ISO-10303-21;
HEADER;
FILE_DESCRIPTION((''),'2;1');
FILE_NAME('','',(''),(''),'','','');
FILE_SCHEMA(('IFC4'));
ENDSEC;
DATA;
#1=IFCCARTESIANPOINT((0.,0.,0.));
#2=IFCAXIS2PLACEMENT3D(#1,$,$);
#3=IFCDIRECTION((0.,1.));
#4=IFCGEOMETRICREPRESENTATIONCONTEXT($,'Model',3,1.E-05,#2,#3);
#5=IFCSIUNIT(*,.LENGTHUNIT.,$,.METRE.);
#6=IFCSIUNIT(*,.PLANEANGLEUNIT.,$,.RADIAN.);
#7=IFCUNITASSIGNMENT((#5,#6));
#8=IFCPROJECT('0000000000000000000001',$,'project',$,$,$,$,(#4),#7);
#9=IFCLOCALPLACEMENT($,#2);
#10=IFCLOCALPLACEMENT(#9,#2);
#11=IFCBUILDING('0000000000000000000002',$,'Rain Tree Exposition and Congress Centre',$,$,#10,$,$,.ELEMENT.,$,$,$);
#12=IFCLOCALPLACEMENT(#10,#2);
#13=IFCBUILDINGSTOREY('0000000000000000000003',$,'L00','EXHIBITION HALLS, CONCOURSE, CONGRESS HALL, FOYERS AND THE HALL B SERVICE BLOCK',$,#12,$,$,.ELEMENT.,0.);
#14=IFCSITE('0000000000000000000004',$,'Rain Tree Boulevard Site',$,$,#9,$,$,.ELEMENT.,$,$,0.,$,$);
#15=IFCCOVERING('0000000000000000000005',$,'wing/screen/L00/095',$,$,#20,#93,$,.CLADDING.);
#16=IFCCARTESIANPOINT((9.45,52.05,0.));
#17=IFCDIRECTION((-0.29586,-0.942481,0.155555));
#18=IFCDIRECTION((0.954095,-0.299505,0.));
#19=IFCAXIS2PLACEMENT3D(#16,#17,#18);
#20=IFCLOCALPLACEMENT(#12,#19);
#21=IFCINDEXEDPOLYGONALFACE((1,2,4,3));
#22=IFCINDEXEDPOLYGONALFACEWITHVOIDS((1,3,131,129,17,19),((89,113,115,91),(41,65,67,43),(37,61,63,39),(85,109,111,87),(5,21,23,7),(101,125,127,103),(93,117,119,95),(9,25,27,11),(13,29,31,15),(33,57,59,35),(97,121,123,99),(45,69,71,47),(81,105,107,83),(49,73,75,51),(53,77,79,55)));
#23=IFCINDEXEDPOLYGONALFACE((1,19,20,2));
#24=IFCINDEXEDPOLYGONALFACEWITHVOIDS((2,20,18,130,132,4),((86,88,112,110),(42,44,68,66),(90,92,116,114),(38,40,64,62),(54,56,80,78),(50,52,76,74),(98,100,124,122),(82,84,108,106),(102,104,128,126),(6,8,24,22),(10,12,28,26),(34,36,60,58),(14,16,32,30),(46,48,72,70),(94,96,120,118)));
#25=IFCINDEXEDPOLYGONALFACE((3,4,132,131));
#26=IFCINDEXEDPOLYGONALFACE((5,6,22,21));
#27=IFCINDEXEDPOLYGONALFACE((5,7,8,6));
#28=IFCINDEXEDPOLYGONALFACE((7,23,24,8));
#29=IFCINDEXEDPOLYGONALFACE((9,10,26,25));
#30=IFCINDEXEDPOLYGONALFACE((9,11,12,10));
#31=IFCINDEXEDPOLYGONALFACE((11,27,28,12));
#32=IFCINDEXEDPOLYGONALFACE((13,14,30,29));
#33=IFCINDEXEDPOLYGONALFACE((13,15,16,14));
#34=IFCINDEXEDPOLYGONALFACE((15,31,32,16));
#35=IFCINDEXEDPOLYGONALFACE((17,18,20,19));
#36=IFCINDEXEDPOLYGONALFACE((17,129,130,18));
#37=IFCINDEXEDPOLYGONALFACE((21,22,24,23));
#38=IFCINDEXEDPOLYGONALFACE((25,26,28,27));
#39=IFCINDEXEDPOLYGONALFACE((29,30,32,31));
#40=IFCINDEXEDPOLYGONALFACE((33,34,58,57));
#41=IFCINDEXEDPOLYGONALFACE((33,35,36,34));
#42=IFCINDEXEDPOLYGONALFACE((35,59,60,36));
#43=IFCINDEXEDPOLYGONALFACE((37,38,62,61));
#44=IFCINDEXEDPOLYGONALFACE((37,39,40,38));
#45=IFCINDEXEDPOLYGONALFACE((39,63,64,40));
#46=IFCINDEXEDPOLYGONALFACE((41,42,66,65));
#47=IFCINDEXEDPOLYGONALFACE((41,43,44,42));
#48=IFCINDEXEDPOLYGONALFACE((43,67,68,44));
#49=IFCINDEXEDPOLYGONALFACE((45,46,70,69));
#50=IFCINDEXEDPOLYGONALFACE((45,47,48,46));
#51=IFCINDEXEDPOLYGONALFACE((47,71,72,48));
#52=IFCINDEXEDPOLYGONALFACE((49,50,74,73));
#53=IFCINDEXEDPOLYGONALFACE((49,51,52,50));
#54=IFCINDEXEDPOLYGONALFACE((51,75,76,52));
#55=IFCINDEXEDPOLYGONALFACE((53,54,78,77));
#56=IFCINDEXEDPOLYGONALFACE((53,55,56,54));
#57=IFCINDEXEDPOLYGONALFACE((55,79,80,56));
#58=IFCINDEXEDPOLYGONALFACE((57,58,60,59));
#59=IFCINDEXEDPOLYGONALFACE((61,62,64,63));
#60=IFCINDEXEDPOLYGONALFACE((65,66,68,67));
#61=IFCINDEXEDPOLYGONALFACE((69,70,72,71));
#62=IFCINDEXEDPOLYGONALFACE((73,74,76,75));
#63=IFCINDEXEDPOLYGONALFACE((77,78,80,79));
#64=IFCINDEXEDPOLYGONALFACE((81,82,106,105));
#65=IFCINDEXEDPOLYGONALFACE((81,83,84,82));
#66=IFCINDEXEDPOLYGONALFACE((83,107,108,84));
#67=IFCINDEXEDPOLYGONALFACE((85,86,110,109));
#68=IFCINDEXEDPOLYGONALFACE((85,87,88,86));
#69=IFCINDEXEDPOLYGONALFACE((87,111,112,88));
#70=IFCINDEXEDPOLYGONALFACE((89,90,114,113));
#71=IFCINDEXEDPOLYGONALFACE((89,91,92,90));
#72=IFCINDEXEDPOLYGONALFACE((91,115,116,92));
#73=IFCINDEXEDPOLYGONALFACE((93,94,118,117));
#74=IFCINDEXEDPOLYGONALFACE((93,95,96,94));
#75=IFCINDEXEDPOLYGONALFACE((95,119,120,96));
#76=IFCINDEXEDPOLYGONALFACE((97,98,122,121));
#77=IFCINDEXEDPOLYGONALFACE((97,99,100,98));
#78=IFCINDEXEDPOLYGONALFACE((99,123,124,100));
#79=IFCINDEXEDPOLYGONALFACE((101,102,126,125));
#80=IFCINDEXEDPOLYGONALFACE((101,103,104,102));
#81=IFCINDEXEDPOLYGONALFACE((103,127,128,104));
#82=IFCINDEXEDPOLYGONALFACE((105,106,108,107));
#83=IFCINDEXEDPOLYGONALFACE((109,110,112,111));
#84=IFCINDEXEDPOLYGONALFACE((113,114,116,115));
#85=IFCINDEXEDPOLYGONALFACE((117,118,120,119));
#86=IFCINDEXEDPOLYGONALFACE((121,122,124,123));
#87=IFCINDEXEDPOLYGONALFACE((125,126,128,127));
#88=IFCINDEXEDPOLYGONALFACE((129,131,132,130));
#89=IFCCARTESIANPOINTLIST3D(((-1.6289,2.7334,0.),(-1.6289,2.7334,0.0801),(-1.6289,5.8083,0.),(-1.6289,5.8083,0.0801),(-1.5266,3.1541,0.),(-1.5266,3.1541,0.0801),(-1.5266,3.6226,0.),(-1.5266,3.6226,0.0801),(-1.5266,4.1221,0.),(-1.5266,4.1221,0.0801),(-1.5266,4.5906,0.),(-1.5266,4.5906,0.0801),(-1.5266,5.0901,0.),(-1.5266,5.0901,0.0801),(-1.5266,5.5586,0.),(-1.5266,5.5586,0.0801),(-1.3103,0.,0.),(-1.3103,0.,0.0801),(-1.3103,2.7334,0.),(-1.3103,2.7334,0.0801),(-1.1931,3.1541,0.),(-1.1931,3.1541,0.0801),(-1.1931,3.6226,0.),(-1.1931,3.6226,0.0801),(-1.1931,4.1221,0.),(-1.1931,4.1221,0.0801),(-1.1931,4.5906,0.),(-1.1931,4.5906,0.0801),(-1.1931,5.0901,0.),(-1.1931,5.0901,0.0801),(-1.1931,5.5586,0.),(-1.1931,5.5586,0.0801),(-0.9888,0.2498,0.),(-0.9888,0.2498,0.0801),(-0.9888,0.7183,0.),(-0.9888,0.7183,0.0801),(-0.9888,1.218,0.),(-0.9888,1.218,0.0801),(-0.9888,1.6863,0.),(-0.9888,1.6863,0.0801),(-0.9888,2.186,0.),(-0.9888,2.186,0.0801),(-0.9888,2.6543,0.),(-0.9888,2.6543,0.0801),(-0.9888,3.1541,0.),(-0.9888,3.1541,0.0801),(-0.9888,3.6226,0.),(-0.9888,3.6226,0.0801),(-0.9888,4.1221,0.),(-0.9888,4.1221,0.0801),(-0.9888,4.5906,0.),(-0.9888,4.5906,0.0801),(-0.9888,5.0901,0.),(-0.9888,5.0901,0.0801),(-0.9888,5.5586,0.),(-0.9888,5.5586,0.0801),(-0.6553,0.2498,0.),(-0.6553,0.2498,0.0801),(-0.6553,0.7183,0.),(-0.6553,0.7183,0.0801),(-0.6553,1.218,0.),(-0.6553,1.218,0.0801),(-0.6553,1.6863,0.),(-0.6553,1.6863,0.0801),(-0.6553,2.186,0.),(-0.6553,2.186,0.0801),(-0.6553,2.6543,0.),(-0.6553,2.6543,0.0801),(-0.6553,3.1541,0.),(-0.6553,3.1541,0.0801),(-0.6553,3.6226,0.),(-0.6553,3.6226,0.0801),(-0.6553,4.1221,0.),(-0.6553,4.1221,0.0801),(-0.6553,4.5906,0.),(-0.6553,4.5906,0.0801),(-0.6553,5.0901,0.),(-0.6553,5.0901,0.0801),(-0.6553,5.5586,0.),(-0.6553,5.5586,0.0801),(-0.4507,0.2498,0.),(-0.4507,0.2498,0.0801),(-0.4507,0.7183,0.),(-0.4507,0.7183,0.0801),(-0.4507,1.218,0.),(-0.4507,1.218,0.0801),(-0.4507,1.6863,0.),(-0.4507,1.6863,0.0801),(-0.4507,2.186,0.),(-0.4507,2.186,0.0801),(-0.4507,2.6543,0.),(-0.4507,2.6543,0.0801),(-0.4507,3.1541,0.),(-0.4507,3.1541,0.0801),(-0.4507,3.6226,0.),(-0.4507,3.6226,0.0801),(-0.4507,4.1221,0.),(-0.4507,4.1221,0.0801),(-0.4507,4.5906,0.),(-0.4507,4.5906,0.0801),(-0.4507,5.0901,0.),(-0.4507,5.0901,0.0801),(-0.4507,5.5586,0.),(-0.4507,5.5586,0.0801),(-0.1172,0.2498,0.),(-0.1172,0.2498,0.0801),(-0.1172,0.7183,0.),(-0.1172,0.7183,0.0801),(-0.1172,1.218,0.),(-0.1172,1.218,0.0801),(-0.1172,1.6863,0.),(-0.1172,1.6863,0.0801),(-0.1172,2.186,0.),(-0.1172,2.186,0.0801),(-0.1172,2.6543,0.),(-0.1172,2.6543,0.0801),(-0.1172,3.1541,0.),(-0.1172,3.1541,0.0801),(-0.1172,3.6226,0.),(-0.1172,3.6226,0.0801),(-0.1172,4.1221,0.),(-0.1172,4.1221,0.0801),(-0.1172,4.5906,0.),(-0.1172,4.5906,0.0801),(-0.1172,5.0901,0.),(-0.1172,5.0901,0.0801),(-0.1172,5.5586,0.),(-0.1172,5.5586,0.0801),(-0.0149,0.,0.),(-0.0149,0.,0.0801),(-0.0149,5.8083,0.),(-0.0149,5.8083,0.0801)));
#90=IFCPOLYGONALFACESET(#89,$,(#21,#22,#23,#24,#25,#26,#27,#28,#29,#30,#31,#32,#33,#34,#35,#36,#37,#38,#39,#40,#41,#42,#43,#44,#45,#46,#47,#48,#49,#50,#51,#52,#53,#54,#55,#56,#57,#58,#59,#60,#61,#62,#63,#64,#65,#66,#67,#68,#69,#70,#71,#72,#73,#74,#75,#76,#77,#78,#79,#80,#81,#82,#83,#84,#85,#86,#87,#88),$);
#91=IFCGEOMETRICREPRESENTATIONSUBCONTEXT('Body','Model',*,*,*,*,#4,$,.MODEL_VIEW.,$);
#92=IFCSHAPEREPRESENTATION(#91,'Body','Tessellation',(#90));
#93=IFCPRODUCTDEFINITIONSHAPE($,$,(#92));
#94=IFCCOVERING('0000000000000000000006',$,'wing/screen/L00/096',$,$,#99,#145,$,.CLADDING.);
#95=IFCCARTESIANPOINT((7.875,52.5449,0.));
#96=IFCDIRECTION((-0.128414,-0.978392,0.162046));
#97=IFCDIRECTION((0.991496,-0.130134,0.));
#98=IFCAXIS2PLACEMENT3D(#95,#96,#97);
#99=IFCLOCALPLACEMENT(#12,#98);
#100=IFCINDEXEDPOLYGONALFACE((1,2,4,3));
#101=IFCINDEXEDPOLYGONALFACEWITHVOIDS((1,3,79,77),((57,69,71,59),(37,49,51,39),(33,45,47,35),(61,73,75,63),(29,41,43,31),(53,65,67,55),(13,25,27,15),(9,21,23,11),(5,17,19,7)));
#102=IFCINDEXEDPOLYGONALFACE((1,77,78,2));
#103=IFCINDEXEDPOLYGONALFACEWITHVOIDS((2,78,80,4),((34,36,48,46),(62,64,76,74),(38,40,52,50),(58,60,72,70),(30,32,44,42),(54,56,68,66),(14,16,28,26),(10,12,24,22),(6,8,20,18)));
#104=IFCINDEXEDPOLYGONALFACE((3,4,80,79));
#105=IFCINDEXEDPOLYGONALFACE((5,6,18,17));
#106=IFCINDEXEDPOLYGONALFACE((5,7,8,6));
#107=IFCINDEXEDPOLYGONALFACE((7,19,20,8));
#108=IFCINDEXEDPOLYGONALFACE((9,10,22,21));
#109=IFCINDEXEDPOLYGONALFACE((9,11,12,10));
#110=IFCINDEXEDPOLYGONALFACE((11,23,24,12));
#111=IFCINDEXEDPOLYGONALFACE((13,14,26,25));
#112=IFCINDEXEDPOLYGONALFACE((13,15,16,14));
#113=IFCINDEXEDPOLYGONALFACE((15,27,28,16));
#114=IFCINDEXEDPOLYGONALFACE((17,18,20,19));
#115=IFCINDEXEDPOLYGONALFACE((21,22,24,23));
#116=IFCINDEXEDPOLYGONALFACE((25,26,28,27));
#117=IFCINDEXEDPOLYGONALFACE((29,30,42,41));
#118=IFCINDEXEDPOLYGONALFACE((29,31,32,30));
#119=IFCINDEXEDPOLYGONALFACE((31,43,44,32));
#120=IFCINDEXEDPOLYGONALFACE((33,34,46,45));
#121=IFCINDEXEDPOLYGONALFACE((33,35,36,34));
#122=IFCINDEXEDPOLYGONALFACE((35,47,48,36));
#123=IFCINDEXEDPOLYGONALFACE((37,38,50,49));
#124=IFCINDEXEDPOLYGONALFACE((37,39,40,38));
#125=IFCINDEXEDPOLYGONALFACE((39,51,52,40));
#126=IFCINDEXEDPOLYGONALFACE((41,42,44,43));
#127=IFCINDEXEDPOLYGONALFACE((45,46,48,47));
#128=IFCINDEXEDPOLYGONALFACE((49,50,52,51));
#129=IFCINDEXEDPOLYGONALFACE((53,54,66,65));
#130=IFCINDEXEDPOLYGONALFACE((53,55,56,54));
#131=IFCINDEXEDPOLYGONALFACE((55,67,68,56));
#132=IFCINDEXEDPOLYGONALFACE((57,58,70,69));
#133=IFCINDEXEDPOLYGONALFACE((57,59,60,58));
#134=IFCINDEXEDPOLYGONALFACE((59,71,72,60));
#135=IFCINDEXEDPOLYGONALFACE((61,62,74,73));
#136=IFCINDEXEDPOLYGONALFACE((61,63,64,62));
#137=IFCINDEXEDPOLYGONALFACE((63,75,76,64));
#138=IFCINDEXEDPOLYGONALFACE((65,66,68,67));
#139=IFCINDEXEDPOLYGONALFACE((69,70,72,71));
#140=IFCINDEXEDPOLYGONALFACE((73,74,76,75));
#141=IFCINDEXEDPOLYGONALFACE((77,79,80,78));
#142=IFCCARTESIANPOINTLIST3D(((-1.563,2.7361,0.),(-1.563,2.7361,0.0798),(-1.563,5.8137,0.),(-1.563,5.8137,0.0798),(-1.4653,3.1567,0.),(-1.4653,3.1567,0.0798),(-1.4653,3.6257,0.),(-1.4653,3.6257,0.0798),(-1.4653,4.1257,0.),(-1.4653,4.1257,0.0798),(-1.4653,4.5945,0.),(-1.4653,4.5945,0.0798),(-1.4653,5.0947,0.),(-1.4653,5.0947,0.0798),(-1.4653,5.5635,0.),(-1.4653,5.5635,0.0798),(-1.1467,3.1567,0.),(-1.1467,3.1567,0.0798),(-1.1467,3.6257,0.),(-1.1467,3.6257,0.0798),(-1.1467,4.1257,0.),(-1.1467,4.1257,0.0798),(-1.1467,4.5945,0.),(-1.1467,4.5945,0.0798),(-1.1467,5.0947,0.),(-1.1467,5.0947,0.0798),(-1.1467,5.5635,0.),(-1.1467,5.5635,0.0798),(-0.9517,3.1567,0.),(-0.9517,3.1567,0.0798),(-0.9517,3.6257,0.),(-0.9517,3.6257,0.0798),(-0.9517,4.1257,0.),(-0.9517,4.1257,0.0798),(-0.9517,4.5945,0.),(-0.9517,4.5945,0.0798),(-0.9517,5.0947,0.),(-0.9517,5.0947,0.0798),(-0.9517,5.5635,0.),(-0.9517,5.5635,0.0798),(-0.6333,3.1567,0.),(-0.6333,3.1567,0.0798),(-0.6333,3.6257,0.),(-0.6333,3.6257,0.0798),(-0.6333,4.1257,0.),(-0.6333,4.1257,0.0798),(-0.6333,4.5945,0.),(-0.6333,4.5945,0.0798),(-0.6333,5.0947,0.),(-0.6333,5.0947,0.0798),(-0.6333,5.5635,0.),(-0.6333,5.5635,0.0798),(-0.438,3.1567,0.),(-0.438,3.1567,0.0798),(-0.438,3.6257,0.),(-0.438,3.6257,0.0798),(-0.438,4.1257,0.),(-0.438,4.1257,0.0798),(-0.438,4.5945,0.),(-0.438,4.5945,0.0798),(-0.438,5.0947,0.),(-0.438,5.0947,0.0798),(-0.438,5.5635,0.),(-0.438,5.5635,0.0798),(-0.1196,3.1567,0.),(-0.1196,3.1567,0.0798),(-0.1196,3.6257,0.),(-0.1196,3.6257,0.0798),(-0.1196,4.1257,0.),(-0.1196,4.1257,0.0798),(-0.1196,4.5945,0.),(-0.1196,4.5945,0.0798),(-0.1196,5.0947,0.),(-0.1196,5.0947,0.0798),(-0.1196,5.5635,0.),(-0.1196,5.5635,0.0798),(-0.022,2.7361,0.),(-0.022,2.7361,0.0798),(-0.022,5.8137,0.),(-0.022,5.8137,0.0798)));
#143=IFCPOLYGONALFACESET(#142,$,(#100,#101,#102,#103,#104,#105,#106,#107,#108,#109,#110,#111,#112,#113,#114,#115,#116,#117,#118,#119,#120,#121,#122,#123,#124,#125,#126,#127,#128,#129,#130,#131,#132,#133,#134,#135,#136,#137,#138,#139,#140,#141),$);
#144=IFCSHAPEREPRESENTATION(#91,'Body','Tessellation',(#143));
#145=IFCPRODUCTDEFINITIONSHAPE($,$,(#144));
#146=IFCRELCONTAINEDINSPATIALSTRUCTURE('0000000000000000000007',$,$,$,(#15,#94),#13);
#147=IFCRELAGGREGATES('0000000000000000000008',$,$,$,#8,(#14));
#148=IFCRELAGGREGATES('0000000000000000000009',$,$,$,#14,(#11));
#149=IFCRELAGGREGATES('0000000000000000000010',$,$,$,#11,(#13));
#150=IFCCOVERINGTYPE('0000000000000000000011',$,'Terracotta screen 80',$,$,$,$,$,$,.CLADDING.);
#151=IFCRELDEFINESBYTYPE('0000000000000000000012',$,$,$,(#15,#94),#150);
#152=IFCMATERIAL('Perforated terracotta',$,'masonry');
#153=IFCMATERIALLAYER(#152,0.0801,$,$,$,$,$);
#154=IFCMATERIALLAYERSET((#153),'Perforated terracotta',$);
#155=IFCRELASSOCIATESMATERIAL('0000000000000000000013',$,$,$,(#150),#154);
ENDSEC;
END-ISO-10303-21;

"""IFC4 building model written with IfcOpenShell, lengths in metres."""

from ifc_helpers import new_model, si_unit, direction, frame, origin, place, context, subcontext, project, spatial, polyline, outline, extrude, material, layer, layer_set, type_object, element, save


model = new_model("IFC4")

# Units and contexts
model_context = context("Model", 3, precision=1e-05, world=origin(), true_north=direction((0.0, 1.0)))
body_context = subcontext(model_context, "Body", "Model", "MODEL_VIEW")
ifc_project = project(units=[si_unit("LENGTHUNIT", "METRE"), si_unit("PLANEANGLEUNIT", "RADIAN")], contexts=[model_context])

# Site, building, storey
site_placement = place(None, origin())
site = spatial("IfcSite", under=ifc_project, at=site_placement, Name="Rain Tree Boulevard Site", CompositionType="ELEMENT", RefElevation=0.0)
building_placement = place(site_placement, origin())
building = spatial("IfcBuilding", under=site, at=building_placement, Name="Rain Tree Exposition and Congress Centre", CompositionType="ELEMENT")
storey_placement = place(building_placement, origin())
storey = spatial("IfcBuildingStorey", under=building, at=storey_placement, Name="L00", Description="EXHIBITION HALLS, CONCOURSE, CONGRESS HALL, FOYERS AND THE HALL B SERVICE BLOCK", CompositionType="ELEMENT", Elevation=0.0)

# Coverings
ifc_material_1 = material(Name="Perforated terracotta", Category="masonry")
ifc_layer = layer(ifc_material_1, 0.0801)
ifc_layer_set = layer_set([ifc_layer], Name="Perforated terracotta")
covering_type = type_object("IfcCoveringType", Name="Terracotta screen 80", PredefinedType="CLADDING", material=ifc_layer_set)
covering_1_placement = place(storey_placement, frame((9.45, 52.05, 0.0), z_axis=(-0.29586, -0.942481, 0.155555), x_axis=(0.954095, -0.299505, 0.0)))
element("IfcCovering", 1, at=covering_1_placement, inside=storey, type_object=covering_type, Name="wing/screen/L00/095", PredefinedType="CLADDING", context=body_context, shape_type="SweptSolid", body=[
    extrude(outline(polyline([(-0.0149, 5.8083), (-0.0149, 0.0), (-1.3103, 0.0), (-1.3103, 2.7334), (-1.6289, 2.7334), (-1.6289, 5.8083), (-0.0149, 5.8083)]), holes=[polyline([(-0.1172, 0.2498), (-0.1172, 0.7183), (-0.4507, 0.7183), (-0.4507, 0.2498), (-0.1172, 0.2498)]), polyline([(-0.1172, 1.218), (-0.1172, 1.6863), (-0.4507, 1.6863), (-0.4507, 1.218), (-0.1172, 1.218)]), polyline([(-0.1172, 2.186), (-0.1172, 2.6543), (-0.4507, 2.6543), (-0.4507, 2.186), (-0.1172, 2.186)]), polyline([(-0.1172, 3.1541), (-0.1172, 3.6226), (-0.4507, 3.6226), (-0.4507, 3.1541), (-0.1172, 3.1541)]), polyline([(-0.1172, 4.1221), (-0.1172, 4.5906), (-0.4507, 4.5906), (-0.4507, 4.1221), (-0.1172, 4.1221)]), polyline([(-0.1172, 5.0901), (-0.1172, 5.5586), (-0.4507, 5.5586), (-0.4507, 5.0901), (-0.1172, 5.0901)]), polyline([(-0.6553, 0.2498), (-0.6553, 0.7183), (-0.9888, 0.7183), (-0.9888, 0.2498), (-0.6553, 0.2498)]), polyline([(-0.6553, 1.218), (-0.6553, 1.6863), (-0.9888, 1.6863), (-0.9888, 1.218), (-0.6553, 1.218)]), polyline([(-0.6553, 2.186), (-0.6553, 2.6543), (-0.9888, 2.6543), (-0.9888, 2.186), (-0.6553, 2.186)]), polyline([(-0.6553, 3.1541), (-0.6553, 3.6226), (-0.9888, 3.6226), (-0.9888, 3.1541), (-0.6553, 3.1541)]), polyline([(-0.6553, 4.1221), (-0.6553, 4.5906), (-0.9888, 4.5906), (-0.9888, 4.1221), (-0.6553, 4.1221)]), polyline([(-0.6553, 5.0901), (-0.6553, 5.5586), (-0.9888, 5.5586), (-0.9888, 5.0901), (-0.6553, 5.0901)]), polyline([(-1.1931, 3.1541), (-1.1931, 3.6226), (-1.5266, 3.6226), (-1.5266, 3.1541), (-1.1931, 3.1541)]), polyline([(-1.1931, 4.1221), (-1.1931, 4.5906), (-1.5266, 4.5906), (-1.5266, 4.1221), (-1.1931, 4.1221)]), polyline([(-1.1931, 5.0901), (-1.1931, 5.5586), (-1.5266, 5.5586), (-1.5266, 5.0901), (-1.1931, 5.0901)])]), origin(), (0.0, 0.0, 1.0), 0.0801),
])
covering_2_placement = place(storey_placement, frame((7.875, 52.5449, 0.0), z_axis=(-0.128414, -0.978392, 0.162046), x_axis=(0.991496, -0.130134, 0.0)))
element("IfcCovering", 2, at=covering_2_placement, inside=storey, type_object=covering_type, Name="wing/screen/L00/096", PredefinedType="CLADDING", context=body_context, shape_type="SweptSolid", body=[
    extrude(outline(polyline([(-1.563, 5.8137), (-0.022, 5.8137), (-0.022, 2.7361), (-1.563, 2.7361), (-1.563, 5.8137)]), holes=[polyline([(-0.1196, 3.1567), (-0.1196, 3.6257), (-0.438, 3.6257), (-0.438, 3.1567), (-0.1196, 3.1567)]), polyline([(-0.1196, 4.1257), (-0.1196, 4.5945), (-0.438, 4.5945), (-0.438, 4.1257), (-0.1196, 4.1257)]), polyline([(-0.1196, 5.0947), (-0.1196, 5.5635), (-0.438, 5.5635), (-0.438, 5.0947), (-0.1196, 5.0947)]), polyline([(-0.6333, 3.1567), (-0.6333, 3.6257), (-0.9517, 3.6257), (-0.9517, 3.1567), (-0.6333, 3.1567)]), polyline([(-0.6333, 4.1257), (-0.6333, 4.5945), (-0.9517, 4.5945), (-0.9517, 4.1257), (-0.6333, 4.1257)]), polyline([(-0.6333, 5.0947), (-0.6333, 5.5635), (-0.9517, 5.5635), (-0.9517, 5.0947), (-0.6333, 5.0947)]), polyline([(-1.1467, 3.1567), (-1.1467, 3.6257), (-1.4653, 3.6257), (-1.4653, 3.1567), (-1.1467, 3.1567)]), polyline([(-1.1467, 4.1257), (-1.1467, 4.5945), (-1.4653, 4.5945), (-1.4653, 4.1257), (-1.1467, 4.1257)]), polyline([(-1.1467, 5.0947), (-1.1467, 5.5635), (-1.4653, 5.5635), (-1.4653, 5.0947), (-1.1467, 5.0947)])]), origin(), (0.0, 0.0, 1.0), 0.0798),
])

save(model, "model.ifc")
